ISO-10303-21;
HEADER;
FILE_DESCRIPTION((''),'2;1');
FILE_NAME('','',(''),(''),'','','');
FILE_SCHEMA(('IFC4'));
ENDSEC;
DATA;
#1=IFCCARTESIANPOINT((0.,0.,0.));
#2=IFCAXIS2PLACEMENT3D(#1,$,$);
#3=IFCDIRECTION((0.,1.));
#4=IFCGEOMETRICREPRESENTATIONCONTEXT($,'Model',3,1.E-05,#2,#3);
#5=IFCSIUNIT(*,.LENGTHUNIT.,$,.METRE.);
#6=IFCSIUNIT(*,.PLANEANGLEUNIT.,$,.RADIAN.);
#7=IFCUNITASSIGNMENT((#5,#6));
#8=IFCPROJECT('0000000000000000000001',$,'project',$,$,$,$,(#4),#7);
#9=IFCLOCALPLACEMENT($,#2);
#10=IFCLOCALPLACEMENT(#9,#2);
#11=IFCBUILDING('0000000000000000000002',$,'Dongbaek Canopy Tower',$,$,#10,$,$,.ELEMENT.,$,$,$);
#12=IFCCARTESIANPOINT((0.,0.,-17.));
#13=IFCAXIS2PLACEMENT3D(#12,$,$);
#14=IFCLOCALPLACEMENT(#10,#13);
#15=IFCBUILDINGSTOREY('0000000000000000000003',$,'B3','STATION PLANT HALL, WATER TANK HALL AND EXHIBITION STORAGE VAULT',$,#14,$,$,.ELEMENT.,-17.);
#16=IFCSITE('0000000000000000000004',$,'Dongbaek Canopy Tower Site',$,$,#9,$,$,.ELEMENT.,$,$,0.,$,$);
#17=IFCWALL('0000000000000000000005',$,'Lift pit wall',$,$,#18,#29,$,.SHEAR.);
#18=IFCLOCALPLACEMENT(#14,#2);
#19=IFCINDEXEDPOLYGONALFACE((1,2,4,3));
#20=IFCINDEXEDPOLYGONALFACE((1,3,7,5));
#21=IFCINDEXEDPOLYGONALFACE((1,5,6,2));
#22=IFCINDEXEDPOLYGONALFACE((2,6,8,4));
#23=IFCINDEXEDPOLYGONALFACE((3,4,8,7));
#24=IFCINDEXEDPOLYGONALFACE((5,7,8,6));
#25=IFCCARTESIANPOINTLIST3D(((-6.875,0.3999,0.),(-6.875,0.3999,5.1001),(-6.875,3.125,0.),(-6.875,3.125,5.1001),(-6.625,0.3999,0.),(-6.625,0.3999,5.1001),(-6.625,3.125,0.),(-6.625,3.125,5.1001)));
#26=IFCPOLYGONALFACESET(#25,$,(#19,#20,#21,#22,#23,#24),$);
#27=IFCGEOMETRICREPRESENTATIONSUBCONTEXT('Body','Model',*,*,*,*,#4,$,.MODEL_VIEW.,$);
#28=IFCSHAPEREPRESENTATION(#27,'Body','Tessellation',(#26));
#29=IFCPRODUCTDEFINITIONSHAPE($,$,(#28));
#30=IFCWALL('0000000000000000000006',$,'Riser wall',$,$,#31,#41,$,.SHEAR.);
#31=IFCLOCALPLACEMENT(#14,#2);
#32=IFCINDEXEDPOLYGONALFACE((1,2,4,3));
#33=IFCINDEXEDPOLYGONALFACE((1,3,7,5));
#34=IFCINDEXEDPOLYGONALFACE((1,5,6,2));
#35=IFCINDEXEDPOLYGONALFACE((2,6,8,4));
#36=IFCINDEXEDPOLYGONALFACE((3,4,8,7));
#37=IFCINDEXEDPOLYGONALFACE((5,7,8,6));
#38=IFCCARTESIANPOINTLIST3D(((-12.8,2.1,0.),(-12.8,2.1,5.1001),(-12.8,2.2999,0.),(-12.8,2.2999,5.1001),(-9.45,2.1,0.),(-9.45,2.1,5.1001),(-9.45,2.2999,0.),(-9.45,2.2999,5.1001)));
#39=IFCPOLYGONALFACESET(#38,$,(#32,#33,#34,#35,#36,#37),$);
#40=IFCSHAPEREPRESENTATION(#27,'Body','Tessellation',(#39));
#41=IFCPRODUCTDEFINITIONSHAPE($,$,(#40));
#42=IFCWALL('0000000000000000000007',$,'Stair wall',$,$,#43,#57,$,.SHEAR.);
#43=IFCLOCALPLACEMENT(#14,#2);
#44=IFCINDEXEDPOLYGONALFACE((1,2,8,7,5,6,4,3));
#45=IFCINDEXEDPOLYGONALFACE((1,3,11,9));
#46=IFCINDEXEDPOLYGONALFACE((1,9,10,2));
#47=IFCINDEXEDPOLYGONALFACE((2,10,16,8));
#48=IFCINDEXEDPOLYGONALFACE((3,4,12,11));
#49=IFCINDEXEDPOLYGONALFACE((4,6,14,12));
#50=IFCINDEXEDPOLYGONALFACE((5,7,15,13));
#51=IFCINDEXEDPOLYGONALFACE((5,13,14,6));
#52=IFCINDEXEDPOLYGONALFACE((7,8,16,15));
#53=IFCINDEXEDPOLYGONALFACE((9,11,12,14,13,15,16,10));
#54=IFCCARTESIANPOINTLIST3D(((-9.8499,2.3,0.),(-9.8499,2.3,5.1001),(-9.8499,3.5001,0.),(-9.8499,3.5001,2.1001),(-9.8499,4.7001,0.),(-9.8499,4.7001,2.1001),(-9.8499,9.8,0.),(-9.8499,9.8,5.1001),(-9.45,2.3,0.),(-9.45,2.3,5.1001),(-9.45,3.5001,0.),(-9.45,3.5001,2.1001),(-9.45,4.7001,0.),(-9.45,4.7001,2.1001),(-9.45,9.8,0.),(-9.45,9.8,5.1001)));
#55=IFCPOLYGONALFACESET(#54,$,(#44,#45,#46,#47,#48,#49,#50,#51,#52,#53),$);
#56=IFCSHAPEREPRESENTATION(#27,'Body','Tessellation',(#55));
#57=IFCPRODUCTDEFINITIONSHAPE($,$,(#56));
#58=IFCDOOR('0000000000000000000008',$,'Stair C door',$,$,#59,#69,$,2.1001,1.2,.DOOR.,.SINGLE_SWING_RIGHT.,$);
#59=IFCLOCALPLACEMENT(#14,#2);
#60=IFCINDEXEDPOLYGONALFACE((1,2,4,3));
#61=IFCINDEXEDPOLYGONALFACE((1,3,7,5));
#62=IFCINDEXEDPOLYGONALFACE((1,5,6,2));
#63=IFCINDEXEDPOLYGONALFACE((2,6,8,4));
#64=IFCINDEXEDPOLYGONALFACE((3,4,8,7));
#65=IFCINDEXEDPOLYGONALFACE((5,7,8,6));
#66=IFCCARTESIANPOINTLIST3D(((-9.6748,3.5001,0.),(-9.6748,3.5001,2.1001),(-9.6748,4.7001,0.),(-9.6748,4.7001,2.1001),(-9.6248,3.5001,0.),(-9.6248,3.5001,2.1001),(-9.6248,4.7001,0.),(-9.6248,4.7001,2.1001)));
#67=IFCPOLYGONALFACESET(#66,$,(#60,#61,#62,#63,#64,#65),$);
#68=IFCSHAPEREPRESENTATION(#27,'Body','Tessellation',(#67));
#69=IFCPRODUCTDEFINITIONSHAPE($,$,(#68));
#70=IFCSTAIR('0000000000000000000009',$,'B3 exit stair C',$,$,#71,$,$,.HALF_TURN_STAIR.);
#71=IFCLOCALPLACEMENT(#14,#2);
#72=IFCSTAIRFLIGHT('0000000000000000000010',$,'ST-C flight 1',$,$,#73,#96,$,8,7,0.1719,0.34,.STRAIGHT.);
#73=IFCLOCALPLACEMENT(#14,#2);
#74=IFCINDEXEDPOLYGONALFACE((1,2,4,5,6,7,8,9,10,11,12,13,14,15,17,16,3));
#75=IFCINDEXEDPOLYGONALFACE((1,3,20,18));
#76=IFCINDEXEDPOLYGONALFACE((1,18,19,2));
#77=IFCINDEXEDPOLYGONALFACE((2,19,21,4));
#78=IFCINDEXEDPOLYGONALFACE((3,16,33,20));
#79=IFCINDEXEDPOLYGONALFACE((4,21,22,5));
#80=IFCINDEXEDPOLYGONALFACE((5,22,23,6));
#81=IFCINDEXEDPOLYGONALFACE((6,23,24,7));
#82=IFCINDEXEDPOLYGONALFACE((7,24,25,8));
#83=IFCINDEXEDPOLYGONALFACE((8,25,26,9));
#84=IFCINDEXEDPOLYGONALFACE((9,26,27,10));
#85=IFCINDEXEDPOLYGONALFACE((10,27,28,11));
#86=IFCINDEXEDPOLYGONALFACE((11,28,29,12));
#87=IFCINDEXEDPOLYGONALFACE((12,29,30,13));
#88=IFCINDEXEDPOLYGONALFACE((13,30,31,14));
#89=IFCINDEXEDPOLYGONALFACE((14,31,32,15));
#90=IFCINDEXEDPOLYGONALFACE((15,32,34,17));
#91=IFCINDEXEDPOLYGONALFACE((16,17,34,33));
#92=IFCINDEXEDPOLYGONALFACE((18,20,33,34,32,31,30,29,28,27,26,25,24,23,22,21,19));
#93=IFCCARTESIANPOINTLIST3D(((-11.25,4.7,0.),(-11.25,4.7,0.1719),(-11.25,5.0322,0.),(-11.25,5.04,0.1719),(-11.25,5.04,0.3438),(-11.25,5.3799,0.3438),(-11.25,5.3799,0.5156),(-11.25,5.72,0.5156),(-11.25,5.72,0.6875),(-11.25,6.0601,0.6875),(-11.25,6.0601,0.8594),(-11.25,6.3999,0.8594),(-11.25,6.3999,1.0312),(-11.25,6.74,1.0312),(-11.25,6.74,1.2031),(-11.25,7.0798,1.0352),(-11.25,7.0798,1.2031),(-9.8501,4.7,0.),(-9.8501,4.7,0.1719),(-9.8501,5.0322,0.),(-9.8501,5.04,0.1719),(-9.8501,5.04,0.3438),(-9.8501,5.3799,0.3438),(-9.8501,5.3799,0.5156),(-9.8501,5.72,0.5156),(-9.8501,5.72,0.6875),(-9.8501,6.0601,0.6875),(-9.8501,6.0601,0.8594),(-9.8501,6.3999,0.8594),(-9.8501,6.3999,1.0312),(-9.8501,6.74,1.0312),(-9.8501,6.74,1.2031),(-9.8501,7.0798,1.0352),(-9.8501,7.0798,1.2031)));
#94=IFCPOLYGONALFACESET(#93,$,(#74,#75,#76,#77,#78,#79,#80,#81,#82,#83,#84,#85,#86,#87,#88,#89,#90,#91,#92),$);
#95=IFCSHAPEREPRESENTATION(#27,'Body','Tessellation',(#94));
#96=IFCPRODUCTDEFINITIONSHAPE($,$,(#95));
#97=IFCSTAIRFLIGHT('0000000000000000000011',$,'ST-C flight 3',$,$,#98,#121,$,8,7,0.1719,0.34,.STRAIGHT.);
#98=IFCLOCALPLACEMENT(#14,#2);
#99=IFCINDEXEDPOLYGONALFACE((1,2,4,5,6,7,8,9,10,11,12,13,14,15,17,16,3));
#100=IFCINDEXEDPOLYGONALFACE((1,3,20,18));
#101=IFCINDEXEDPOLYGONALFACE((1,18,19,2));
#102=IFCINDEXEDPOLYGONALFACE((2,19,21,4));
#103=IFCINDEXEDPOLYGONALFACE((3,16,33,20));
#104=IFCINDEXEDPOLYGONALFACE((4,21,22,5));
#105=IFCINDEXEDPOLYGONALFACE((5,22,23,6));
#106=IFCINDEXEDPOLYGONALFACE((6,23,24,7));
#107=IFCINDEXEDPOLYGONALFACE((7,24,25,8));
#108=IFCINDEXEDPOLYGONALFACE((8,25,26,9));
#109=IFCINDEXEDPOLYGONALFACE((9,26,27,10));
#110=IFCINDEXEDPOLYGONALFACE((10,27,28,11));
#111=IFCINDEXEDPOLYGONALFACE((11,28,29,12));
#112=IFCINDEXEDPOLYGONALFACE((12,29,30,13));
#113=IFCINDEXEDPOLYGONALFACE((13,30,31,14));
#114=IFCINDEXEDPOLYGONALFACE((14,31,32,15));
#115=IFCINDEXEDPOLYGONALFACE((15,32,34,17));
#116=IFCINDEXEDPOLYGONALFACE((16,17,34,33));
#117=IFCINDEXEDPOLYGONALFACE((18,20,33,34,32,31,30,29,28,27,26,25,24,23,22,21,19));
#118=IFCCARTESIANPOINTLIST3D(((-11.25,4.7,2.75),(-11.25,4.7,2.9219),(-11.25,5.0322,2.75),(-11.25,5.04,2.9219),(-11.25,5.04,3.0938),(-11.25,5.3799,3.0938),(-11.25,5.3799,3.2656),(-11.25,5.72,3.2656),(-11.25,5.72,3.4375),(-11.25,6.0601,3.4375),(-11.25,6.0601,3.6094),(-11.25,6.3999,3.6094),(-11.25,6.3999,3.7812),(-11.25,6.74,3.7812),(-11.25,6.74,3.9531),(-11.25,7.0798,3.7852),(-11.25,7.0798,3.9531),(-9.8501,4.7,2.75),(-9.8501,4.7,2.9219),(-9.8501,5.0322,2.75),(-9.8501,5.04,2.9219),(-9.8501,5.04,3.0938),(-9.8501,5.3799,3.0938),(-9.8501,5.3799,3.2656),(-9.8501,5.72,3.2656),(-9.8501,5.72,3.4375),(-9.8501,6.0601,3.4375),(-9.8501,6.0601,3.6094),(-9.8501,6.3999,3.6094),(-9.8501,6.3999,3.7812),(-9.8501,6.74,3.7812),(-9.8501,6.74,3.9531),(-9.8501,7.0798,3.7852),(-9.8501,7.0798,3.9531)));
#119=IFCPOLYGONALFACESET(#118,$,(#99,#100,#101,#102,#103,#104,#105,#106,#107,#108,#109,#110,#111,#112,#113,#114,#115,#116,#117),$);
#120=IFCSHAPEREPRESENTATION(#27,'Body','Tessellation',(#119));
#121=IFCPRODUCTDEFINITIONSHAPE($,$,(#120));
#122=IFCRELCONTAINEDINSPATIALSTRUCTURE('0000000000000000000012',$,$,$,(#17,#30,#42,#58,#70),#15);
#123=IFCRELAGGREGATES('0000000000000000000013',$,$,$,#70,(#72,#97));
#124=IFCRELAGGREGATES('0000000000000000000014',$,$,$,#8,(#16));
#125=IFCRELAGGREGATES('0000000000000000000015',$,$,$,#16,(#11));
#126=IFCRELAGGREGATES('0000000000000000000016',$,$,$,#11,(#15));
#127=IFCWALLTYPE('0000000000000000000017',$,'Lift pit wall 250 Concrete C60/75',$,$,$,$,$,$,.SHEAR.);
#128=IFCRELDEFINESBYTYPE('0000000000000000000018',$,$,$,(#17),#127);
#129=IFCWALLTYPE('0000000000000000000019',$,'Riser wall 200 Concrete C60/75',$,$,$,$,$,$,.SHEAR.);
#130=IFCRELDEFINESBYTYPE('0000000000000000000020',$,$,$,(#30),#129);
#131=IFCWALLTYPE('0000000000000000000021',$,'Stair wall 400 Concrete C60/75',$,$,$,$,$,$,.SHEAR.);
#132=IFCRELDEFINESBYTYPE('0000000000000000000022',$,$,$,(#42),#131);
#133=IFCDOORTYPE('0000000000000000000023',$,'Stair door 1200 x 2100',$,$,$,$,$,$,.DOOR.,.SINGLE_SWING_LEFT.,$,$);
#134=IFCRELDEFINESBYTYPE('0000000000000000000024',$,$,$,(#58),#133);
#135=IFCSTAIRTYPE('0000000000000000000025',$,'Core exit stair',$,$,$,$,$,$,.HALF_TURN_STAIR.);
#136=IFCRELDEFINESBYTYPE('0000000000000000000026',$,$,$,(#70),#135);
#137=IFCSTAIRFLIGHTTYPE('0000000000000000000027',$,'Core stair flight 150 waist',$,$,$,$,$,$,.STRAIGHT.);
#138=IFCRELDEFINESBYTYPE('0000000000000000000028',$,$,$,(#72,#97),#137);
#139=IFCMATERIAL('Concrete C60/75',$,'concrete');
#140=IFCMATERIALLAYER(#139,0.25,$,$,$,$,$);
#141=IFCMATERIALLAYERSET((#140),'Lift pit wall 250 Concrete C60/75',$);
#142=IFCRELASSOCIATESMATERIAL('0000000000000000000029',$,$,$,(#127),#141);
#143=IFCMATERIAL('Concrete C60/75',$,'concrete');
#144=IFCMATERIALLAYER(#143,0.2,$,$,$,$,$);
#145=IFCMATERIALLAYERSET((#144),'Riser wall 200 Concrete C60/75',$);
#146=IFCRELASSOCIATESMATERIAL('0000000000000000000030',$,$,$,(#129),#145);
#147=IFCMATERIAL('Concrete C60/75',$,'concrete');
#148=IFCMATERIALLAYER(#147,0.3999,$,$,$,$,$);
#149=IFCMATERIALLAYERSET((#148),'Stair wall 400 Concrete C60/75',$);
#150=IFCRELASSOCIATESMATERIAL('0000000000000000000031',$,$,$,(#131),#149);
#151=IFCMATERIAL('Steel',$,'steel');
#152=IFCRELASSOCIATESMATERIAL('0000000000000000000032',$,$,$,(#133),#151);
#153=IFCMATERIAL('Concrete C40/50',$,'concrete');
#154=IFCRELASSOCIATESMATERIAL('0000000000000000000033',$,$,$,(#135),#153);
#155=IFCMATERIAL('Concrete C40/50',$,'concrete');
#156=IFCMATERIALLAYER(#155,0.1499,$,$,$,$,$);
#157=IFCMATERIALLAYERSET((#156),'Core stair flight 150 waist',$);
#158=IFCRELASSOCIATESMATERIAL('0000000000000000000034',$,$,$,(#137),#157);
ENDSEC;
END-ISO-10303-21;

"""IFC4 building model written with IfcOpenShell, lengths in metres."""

from ifc_helpers import new_model, si_unit, direction, frame, frame_2d, origin, place, context, subcontext, project, spatial, polyline, rectangle, outline, extrude, material, layer, layer_set, type_object, element, fill, aggregate, save


model = new_model("IFC4")

# Units and contexts
model_context = context("Model", 3, precision=1e-05, world=origin(), true_north=direction((0.0, 1.0)))
body_context = subcontext(model_context, "Body", "Model", "MODEL_VIEW")
ifc_project = project(units=[si_unit("LENGTHUNIT", "METRE"), si_unit("PLANEANGLEUNIT", "RADIAN")], contexts=[model_context])

# Site, building, storey
site_placement = place(None, origin())
site = spatial("IfcSite", under=ifc_project, at=site_placement, Name="Dongbaek Canopy Tower Site", CompositionType="ELEMENT", RefElevation=0.0)
building_placement = place(site_placement, origin())
building = spatial("IfcBuilding", under=site, at=building_placement, Name="Dongbaek Canopy Tower", CompositionType="ELEMENT")
storey_placement = place(building_placement, frame((0.0, 0.0, -17.0)))
storey = spatial("IfcBuildingStorey", under=building, at=storey_placement, Name="B3", Description="STATION PLANT HALL, WATER TANK HALL AND EXHIBITION STORAGE VAULT", CompositionType="ELEMENT", Elevation=-17.0)

# Walls
ifc_material_1 = material(Name="Concrete C60/75", Category="concrete")
ifc_layer_1 = layer(ifc_material_1, 0.25)
ifc_layer_set_1 = layer_set([ifc_layer_1], Name="Lift pit wall 250 Concrete C60/75")
wall_type_1 = type_object("IfcWallType", Name="Lift pit wall 250 Concrete C60/75", PredefinedType="SHEAR", material=ifc_layer_set_1)
for number, where, z_axis, x_axis, name in (
    (1, (-6.75, 0.3999, 0.0), (0.0, 0.0, 1.0), (0.0, 1.0, 0.0), "Lift pit wall"),
):
    element("IfcWall", number, at=place(storey_placement, frame(where, z_axis=z_axis, x_axis=x_axis)), inside=storey, type_object=wall_type_1, Name=name, PredefinedType="SHEAR", context=body_context, shape_type="SweptSolid", body=[
        extrude(rectangle(XDim=2.7251, YDim=0.25, at=frame_2d((1.3625, 0.0))), origin(), (0.0, 0.0, 1.0), 5.1001),
    ])
ifc_material_2 = material(Name="Concrete C60/75", Category="concrete")
ifc_layer_2 = layer(ifc_material_2, 0.2)
ifc_layer_set_2 = layer_set([ifc_layer_2], Name="Riser wall 200 Concrete C60/75")
wall_type_2 = type_object("IfcWallType", Name="Riser wall 200 Concrete C60/75", PredefinedType="SHEAR", material=ifc_layer_set_2)
wall_1_placement = place(storey_placement, frame((-9.45, 2.2, 0.0), z_axis=(0.0, 0.0, 1.0), x_axis=(-1.0, 0.0, 0.0)))
element("IfcWall", 2, at=wall_1_placement, inside=storey, type_object=wall_type_2, Name="Riser wall", PredefinedType="SHEAR", context=body_context, shape_type="SweptSolid", body=[
    extrude(rectangle(XDim=3.3501, YDim=0.2, at=frame_2d((1.675, 0.0))), origin(), (0.0, 0.0, 1.0), 5.1001),
])

# Wall, opening, door
ifc_material_3 = material(Name="Concrete C60/75", Category="concrete")
ifc_layer_3 = layer(ifc_material_3, 0.3999)
ifc_layer_set_3 = layer_set([ifc_layer_3], Name="Stair wall 400 Concrete C60/75")
wall_type_3 = type_object("IfcWallType", Name="Stair wall 400 Concrete C60/75", PredefinedType="SHEAR", material=ifc_layer_set_3)
wall_2_placement = place(storey_placement, frame((-9.6499, 2.3, 0.0), z_axis=(0.0, 0.0, 1.0), x_axis=(0.0, 1.0, 0.0)))
wall_2 = element("IfcWall", 3, at=wall_2_placement, inside=storey, type_object=wall_type_3, Name="Stair wall", PredefinedType="SHEAR", context=body_context, shape_type="SweptSolid", body=[
    extrude(rectangle(XDim=7.5, YDim=0.3999, at=frame_2d((3.75, 0.0))), origin(), (0.0, 0.0, 1.0), 5.1001),
])
opening_1_placement = place(wall_2_placement, frame((1.2, 0.0, 0.0)))
opening_1 = element("IfcOpeningElement", 4, at=opening_1_placement, cuts=wall_2, PredefinedType="OPENING", context=body_context, shape_type="SweptSolid", body=[
    extrude(rectangle(XDim=1.2, YDim=2.1001, at=frame_2d((0.6001, 1.05))), frame((0.0, 0.21, 0.0), z_axis=(0.0, -1.0, 0.0), x_axis=(1.0, 0.0, 0.0)), (0.0, 0.0, 1.0), 0.4199),
])
ifc_material_4 = material(Name="Steel", Category="steel")
door_type_1 = type_object("IfcDoorType", Name="Stair door 1200 x 2100", OperationType="SINGLE_SWING_LEFT", PredefinedType="DOOR", material=ifc_material_4)
door_1_placement = place(opening_1_placement, origin())
door_1 = element("IfcDoor", 5, at=door_1_placement, inside=storey, type_object=door_type_1, Name="Stair C door", OperationType="SINGLE_SWING_RIGHT", OverallHeight=2.1001, OverallWidth=1.2, PredefinedType="DOOR", context=body_context, shape_type="SweptSolid", body=[
    extrude(rectangle(XDim=1.2, YDim=2.1001, at=frame_2d((0.6001, 1.05))), frame((0.0, 0.0249, 0.0), z_axis=(0.0, -1.0, 0.0), x_axis=(1.0, 0.0, 0.0)), (0.0, 0.0, 1.0), 0.05),
])
fill(opening_1, door_1)

# Stair, stair flights
ifc_material_5 = material(Name="Concrete C40/50", Category="concrete")
stair_type = type_object("IfcStairType", Name="Core exit stair", PredefinedType="HALF_TURN_STAIR", material=ifc_material_5)
stair_placement = place(storey_placement, origin())
stair = element("IfcStair", 6, at=stair_placement, inside=storey, type_object=stair_type, Name="B3 exit stair C", PredefinedType="HALF_TURN_STAIR")
ifc_material_6 = material(Name="Concrete C40/50", Category="concrete")
ifc_layer_4 = layer(ifc_material_6, 0.1499)
ifc_layer_set_4 = layer_set([ifc_layer_4], Name="Core stair flight 150 waist")
stair_flight_type = type_object("IfcStairFlightType", Name="Core stair flight 150 waist", PredefinedType="STRAIGHT", material=ifc_layer_set_4)
stair_flight_1_placement = place(storey_placement, frame((-10.55, 4.7, 0.0), z_axis=(0.0, 0.0, 1.0), x_axis=(0.0, 1.0, 0.0)))
stair_flight_1 = element("IfcStairFlight", 7, at=stair_flight_1_placement, type_object=stair_flight_type, Name="ST-C flight 1", NumberOfRisers=8, NumberOfTreads=7, PredefinedType="STRAIGHT", RiserHeight=0.1719, TreadLength=0.34, context=body_context, shape_type="SweptSolid", body=[
    extrude(outline(polyline([(0.0, 0.0), (0.0, 0.1719), (0.3401, 0.1719), (0.3401, 0.3438), (0.6799, 0.3438), (0.6799, 0.5156), (1.02, 0.5156), (1.02, 0.6875), (1.3601, 0.6875), (1.3601, 0.8594), (1.7, 0.8594), (1.7, 1.0312), (2.04, 1.0312), (2.04, 1.2031), (2.3799, 1.2031), (2.3799, 1.375), (2.3799, 1.0352), (0.3323, 0.0), (0.0, 0.0)])), frame((0.0, 0.7, 0.0), z_axis=(0.0, -1.0, 0.0), x_axis=(1.0, 0.0, 0.0)), (0.0, 0.0, 1.0), 1.3999),
])
stair_flight_2_placement = place(storey_placement, frame((-10.55, 4.7, 2.75), z_axis=(0.0, 0.0, 1.0), x_axis=(0.0, 1.0, 0.0)))
stair_flight_2 = element("IfcStairFlight", 8, at=stair_flight_2_placement, type_object=stair_flight_type, Name="ST-C flight 3", NumberOfRisers=8, NumberOfTreads=7, PredefinedType="STRAIGHT", RiserHeight=0.1719, TreadLength=0.34, context=body_context, shape_type="SweptSolid", body=[
    extrude(outline(polyline([(0.0, 0.0), (0.0, 0.1719), (0.3401, 0.1719), (0.3401, 0.3438), (0.6799, 0.3438), (0.6799, 0.5156), (1.02, 0.5156), (1.02, 0.6875), (1.3601, 0.6875), (1.3601, 0.8594), (1.7, 0.8594), (1.7, 1.0312), (2.04, 1.0312), (2.04, 1.2031), (2.3799, 1.2031), (2.3799, 1.375), (2.3799, 1.0352), (0.3323, 0.0), (0.0, 0.0)])), frame((0.0, 0.7, 0.0), z_axis=(0.0, -1.0, 0.0), x_axis=(1.0, 0.0, 0.0)), (0.0, 0.0, 1.0), 1.3999),
])
aggregate(stair, [stair_flight_1, stair_flight_2])

save(model, "model.ifc")
